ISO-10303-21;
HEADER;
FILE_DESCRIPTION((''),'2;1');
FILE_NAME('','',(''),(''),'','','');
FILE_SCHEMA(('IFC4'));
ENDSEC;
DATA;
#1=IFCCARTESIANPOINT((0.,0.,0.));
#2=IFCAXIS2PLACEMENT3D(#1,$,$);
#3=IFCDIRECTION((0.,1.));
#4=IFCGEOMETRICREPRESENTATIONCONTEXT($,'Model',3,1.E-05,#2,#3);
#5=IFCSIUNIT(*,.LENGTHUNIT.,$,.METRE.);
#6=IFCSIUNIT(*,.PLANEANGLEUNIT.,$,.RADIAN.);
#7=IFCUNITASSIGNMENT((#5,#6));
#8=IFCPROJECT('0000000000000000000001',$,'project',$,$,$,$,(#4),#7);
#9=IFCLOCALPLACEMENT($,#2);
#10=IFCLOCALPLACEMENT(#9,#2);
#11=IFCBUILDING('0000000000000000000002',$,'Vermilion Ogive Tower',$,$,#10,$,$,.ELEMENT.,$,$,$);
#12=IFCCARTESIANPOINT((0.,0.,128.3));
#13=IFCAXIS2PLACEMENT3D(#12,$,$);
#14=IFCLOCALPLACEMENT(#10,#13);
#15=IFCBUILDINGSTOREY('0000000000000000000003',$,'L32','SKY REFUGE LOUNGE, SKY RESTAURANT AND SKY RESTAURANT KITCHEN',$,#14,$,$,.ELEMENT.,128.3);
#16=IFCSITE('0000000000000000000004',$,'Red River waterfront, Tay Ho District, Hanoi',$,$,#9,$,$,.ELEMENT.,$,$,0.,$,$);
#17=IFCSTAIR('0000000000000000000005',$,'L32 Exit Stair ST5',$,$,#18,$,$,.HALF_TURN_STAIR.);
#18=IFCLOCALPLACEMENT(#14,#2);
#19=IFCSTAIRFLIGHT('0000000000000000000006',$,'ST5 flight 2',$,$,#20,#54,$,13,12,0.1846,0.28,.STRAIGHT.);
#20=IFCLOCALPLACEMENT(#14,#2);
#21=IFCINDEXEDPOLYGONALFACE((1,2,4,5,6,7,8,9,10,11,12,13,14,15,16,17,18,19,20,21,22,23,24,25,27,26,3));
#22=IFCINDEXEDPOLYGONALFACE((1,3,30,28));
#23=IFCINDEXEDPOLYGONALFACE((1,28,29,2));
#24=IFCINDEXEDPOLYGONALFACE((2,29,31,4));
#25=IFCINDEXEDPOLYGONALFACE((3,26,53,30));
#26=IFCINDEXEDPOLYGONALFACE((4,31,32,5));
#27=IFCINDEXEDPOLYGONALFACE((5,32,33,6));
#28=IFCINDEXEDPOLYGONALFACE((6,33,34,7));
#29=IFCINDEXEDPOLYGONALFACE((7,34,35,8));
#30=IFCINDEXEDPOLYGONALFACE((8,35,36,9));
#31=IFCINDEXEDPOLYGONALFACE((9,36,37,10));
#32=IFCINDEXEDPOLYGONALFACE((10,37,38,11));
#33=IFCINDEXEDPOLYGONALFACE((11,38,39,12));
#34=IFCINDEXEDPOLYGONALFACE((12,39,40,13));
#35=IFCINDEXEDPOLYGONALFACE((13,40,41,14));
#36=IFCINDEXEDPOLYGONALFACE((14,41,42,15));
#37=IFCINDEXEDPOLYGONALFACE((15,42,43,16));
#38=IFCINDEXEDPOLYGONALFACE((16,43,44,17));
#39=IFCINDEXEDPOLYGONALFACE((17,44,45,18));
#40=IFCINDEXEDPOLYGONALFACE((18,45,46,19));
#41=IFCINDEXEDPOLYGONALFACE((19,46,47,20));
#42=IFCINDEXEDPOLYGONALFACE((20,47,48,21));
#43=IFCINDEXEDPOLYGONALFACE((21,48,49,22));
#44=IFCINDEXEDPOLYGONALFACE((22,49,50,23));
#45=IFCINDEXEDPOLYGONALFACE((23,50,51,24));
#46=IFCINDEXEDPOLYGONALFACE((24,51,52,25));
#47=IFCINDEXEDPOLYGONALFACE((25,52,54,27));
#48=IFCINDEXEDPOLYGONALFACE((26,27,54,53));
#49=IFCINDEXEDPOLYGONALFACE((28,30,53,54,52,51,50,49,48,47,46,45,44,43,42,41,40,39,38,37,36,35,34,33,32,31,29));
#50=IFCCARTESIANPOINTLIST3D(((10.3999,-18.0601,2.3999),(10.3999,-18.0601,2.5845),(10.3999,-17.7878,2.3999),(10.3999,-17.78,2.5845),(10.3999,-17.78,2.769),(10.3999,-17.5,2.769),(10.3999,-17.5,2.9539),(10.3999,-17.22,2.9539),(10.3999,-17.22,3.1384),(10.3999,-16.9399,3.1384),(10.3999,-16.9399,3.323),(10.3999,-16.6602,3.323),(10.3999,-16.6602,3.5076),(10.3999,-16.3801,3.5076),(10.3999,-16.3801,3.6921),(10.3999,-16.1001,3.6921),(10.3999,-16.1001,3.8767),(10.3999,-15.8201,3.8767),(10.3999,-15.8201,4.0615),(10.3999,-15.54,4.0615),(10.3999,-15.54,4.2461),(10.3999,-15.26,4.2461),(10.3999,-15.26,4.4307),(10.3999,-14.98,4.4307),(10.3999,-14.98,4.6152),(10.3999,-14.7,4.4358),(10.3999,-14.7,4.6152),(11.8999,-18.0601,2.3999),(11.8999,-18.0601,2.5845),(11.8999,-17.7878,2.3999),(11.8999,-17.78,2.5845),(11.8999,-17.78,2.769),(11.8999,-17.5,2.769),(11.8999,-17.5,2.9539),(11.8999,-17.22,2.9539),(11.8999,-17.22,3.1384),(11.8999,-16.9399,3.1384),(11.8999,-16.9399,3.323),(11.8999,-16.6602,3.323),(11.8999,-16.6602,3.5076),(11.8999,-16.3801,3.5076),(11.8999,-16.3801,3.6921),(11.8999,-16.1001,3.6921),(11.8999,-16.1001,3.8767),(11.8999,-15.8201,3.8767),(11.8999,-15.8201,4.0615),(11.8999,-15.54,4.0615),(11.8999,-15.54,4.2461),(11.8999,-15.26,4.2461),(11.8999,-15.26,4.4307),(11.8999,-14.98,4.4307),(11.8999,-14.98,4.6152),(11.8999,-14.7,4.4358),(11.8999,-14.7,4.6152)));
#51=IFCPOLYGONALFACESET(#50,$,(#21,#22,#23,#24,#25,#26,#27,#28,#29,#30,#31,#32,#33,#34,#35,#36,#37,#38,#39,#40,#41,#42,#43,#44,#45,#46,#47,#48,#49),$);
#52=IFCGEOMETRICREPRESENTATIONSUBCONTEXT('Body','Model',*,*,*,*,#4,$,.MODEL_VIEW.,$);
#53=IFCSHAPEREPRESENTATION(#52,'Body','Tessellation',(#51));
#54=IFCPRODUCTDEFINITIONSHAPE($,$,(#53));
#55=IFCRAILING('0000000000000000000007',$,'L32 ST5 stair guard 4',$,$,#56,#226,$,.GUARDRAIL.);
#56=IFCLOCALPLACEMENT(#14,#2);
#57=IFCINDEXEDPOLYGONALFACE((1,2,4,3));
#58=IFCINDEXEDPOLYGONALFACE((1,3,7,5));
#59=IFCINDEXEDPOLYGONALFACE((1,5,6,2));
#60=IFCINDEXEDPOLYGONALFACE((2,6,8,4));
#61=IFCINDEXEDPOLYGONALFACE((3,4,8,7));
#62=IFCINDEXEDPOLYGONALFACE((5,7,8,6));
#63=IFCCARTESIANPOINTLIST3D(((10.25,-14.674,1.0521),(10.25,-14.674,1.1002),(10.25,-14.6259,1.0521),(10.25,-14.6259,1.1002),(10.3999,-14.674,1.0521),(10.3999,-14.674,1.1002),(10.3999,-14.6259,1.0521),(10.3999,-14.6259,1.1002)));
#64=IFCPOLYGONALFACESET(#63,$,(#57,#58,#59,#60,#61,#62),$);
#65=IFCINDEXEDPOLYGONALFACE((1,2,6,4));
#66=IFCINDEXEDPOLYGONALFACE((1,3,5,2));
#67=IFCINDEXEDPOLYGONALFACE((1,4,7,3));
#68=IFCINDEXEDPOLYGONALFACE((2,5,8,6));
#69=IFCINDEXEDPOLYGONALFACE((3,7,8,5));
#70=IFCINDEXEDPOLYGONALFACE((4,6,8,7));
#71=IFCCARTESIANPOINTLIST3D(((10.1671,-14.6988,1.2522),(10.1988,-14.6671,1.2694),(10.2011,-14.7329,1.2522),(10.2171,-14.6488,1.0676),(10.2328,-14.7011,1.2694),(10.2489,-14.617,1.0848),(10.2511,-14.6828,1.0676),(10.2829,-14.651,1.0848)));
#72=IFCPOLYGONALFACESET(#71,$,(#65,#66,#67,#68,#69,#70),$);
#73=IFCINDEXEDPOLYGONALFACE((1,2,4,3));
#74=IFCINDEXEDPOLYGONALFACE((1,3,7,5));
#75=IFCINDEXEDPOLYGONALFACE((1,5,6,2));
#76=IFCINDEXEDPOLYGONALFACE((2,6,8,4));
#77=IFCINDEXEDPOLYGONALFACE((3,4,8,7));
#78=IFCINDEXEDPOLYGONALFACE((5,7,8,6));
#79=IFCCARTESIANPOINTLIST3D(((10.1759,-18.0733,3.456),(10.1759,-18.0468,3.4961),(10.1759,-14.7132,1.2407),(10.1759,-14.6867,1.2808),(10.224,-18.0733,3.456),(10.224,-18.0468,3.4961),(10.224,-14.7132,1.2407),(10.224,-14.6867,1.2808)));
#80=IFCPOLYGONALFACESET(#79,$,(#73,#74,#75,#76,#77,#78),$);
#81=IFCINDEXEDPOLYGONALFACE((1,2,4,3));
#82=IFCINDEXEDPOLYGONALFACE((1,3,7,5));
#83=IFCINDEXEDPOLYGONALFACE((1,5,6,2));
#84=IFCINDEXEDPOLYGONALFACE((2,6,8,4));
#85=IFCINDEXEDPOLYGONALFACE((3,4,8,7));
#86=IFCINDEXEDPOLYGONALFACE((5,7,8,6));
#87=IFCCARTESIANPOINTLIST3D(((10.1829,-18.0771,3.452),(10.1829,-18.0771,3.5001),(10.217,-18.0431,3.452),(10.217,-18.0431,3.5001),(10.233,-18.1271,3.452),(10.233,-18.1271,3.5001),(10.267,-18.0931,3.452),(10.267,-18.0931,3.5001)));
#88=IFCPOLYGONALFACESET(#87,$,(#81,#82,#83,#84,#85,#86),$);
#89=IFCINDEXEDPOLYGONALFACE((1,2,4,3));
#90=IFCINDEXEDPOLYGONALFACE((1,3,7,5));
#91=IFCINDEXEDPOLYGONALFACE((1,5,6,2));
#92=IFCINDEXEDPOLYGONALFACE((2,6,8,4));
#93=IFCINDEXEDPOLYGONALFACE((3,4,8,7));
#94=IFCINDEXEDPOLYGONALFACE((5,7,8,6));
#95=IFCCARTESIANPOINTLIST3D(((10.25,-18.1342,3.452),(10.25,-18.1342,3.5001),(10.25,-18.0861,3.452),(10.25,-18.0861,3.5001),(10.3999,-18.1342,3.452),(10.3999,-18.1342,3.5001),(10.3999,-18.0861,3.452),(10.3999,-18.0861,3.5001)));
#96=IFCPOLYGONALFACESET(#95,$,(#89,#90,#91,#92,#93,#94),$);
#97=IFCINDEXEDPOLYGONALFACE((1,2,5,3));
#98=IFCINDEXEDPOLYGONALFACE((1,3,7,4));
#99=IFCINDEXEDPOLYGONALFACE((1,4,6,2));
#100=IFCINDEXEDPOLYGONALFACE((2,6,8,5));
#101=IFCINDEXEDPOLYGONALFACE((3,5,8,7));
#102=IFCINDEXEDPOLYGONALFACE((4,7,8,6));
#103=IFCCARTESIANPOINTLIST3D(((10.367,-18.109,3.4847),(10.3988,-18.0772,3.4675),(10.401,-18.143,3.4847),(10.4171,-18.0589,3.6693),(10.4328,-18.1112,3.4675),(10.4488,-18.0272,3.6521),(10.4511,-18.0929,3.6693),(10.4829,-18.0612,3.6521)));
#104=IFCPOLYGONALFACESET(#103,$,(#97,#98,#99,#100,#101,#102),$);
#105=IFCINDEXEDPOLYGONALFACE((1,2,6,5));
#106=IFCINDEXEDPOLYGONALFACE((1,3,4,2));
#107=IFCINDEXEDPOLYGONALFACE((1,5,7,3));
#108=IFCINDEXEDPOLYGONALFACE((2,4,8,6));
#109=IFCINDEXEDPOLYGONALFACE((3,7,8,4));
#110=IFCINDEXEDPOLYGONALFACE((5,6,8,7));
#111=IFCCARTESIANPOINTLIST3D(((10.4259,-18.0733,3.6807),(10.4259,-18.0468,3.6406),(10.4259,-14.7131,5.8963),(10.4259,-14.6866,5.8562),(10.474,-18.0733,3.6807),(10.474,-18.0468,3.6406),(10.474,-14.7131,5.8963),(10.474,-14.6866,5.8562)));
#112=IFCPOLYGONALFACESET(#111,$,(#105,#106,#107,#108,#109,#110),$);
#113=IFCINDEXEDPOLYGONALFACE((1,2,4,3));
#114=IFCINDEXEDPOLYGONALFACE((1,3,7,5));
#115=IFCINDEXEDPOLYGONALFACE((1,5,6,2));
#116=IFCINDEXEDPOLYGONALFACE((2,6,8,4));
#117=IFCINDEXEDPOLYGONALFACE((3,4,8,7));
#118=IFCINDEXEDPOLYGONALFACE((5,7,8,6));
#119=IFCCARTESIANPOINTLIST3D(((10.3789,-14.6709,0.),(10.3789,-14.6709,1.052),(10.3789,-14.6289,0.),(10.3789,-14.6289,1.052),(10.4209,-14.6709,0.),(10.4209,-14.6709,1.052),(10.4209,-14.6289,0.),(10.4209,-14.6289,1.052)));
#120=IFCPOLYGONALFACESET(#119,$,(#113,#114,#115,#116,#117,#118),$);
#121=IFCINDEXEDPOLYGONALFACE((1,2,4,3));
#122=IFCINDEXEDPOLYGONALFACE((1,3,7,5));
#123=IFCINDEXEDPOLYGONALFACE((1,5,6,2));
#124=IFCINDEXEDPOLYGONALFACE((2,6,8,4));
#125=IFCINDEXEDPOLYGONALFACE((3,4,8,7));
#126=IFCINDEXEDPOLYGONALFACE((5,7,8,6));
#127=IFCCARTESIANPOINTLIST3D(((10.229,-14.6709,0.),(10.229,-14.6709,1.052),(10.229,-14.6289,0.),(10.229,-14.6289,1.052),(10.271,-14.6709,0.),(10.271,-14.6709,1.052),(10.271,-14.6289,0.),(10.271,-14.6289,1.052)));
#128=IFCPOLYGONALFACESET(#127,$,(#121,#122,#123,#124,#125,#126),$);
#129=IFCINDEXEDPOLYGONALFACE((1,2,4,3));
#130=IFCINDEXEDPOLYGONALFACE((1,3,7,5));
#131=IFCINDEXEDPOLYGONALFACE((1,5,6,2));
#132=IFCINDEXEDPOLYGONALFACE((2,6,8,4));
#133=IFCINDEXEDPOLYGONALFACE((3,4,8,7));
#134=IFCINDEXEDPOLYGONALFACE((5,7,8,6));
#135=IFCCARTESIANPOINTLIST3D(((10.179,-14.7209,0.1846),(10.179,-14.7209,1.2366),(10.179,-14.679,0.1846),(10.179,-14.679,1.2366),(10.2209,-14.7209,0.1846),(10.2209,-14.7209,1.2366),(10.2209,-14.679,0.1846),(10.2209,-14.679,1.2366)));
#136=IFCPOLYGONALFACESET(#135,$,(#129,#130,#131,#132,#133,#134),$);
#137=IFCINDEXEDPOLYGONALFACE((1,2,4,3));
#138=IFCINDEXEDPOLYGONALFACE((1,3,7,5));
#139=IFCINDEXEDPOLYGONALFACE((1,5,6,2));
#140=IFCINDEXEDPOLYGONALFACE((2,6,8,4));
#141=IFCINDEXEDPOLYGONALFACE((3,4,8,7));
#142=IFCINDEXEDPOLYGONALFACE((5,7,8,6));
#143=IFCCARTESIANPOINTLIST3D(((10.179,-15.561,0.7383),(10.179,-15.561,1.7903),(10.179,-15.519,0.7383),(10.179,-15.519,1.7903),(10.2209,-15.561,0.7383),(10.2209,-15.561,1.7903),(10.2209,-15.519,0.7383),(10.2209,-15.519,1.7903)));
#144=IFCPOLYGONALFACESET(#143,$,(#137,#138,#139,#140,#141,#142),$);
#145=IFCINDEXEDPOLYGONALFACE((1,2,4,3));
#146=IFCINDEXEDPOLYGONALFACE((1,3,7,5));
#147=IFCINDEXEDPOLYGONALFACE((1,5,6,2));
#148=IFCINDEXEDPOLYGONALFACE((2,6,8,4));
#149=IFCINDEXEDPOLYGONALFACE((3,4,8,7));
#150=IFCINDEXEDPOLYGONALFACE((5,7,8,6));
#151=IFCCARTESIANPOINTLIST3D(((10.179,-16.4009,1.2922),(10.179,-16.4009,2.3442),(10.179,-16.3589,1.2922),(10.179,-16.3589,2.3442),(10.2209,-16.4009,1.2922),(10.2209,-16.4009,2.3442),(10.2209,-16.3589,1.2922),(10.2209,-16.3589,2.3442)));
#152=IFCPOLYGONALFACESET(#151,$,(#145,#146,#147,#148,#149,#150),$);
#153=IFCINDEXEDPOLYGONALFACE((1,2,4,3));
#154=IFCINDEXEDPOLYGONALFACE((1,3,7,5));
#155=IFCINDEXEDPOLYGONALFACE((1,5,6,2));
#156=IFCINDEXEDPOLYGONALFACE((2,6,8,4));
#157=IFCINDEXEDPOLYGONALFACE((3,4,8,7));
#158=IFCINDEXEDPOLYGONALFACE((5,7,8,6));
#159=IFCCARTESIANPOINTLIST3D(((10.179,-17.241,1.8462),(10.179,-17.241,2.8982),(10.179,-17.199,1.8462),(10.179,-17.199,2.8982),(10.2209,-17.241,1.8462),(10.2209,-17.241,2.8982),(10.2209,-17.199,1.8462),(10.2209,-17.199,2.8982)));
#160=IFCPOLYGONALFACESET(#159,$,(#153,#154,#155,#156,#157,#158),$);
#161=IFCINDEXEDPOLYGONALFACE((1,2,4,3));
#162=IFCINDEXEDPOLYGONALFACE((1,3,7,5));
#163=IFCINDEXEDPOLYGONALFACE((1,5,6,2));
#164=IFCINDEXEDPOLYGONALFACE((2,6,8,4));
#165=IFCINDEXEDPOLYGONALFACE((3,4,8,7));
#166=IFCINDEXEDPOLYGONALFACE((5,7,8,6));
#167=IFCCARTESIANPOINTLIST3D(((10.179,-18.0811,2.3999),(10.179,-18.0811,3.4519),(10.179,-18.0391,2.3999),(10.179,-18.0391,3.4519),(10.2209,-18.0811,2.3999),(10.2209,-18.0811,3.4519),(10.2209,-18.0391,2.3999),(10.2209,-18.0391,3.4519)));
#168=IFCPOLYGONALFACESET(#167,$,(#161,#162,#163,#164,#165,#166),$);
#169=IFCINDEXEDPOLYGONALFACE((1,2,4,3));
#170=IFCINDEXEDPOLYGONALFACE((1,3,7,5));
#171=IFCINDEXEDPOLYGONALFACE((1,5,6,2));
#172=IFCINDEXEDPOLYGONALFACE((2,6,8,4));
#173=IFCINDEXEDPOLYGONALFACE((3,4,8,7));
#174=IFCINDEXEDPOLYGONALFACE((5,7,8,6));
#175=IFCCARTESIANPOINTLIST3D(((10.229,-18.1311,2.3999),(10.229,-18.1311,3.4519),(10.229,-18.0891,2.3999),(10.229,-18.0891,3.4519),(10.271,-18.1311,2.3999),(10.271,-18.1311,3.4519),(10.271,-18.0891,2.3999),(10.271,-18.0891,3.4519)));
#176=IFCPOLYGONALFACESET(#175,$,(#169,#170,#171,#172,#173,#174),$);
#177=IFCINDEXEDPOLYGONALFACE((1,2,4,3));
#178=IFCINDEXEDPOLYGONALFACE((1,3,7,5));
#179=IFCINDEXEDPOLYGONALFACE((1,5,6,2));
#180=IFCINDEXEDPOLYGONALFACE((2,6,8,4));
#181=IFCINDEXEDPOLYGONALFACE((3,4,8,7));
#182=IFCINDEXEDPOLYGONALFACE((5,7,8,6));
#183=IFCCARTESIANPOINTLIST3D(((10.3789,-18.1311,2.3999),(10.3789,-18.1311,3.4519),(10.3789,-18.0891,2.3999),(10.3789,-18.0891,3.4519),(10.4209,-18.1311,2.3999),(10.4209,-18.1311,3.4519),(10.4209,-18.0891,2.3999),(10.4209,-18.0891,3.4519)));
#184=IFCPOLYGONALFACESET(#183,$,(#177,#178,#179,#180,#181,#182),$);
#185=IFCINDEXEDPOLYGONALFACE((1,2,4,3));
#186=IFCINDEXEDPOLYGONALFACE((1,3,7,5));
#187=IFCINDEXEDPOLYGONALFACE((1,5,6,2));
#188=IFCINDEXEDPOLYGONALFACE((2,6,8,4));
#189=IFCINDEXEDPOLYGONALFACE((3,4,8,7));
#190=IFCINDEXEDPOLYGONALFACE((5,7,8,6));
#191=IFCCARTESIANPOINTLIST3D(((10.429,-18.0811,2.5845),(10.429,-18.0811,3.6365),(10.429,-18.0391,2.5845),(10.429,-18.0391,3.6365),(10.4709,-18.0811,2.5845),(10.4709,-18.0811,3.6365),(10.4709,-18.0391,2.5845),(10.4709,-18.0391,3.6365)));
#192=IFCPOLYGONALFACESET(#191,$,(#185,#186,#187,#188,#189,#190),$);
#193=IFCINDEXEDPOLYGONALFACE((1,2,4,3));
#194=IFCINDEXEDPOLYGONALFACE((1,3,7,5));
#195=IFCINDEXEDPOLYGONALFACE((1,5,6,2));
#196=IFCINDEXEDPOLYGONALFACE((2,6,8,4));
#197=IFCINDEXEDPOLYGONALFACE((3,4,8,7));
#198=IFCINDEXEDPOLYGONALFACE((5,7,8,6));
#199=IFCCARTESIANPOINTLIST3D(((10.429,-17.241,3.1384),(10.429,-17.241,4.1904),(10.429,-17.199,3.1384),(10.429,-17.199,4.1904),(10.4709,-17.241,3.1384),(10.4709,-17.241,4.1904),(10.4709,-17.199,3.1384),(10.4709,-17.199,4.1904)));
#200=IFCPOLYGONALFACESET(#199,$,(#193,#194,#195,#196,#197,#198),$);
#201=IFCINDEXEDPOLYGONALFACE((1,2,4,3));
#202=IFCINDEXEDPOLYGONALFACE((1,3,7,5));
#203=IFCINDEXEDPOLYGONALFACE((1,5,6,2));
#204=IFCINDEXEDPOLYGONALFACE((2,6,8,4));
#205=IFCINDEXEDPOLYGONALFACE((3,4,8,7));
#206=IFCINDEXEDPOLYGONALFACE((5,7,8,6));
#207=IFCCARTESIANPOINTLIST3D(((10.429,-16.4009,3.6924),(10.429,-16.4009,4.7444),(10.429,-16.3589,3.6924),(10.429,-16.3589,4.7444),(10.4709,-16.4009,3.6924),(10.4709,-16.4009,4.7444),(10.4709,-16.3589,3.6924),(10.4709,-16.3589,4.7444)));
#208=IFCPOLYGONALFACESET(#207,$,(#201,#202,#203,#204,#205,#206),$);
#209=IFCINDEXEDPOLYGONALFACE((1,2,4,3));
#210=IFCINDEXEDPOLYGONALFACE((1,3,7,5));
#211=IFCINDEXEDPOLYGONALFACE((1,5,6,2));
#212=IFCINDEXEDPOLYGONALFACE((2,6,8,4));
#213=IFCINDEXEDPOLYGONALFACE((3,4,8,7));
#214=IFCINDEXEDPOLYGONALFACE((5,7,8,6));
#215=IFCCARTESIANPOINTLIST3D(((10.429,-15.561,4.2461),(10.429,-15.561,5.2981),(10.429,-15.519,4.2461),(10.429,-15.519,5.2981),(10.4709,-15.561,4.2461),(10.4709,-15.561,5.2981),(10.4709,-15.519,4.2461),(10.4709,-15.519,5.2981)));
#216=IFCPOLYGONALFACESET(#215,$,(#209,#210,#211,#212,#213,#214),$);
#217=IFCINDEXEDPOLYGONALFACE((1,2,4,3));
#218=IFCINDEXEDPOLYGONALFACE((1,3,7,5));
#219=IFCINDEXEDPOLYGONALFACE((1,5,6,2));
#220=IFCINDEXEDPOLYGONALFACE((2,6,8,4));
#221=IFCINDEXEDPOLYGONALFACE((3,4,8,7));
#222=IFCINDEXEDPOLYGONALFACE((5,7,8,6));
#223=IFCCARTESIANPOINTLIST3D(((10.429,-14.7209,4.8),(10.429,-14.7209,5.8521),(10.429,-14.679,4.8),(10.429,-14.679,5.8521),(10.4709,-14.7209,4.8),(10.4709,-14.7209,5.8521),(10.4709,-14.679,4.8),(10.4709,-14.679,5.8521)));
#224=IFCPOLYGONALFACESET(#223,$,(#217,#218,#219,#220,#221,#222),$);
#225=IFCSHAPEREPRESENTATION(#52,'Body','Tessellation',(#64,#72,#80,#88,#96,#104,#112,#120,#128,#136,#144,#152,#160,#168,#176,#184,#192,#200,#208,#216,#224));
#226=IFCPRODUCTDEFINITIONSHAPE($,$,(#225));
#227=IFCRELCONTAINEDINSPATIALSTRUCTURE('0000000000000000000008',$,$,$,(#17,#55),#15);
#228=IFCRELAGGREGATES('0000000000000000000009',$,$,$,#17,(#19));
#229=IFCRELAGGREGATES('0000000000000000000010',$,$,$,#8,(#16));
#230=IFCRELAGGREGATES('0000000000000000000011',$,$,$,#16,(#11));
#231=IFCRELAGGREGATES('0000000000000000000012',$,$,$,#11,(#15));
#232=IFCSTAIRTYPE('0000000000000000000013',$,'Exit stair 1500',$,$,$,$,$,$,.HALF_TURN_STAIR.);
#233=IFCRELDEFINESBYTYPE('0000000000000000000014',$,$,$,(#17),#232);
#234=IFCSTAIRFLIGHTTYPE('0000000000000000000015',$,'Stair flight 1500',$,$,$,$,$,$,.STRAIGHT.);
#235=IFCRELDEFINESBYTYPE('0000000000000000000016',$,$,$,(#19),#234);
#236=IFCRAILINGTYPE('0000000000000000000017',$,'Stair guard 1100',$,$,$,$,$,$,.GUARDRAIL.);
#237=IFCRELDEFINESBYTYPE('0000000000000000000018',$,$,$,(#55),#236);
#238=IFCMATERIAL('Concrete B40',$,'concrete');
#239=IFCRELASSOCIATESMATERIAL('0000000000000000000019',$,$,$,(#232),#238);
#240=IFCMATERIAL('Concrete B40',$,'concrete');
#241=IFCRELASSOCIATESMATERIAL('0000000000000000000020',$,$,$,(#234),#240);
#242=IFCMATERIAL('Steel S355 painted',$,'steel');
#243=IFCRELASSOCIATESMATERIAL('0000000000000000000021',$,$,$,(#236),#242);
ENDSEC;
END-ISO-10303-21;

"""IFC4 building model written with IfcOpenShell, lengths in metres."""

from ifc_helpers import new_model, si_unit, direction, frame, origin, origin_2d, place, context, subcontext, project, spatial, polyline, rectangle, outline, extrude, material, type_object, element, aggregate, save


model = new_model("IFC4")

# Units and contexts
model_context = context("Model", 3, precision=1e-05, world=origin(), true_north=direction((0.0, 1.0)))
body_context = subcontext(model_context, "Body", "Model", "MODEL_VIEW")
ifc_project = project(units=[si_unit("LENGTHUNIT", "METRE"), si_unit("PLANEANGLEUNIT", "RADIAN")], contexts=[model_context])

# Site, building, storey
site_placement = place(None, origin())
site = spatial("IfcSite", under=ifc_project, at=site_placement, Name="Red River waterfront, Tay Ho District, Hanoi", CompositionType="ELEMENT", RefElevation=0.0)
building_placement = place(site_placement, origin())
building = spatial("IfcBuilding", under=site, at=building_placement, Name="Vermilion Ogive Tower", CompositionType="ELEMENT")
storey_placement = place(building_placement, frame((0.0, 0.0, 128.3)))
storey = spatial("IfcBuildingStorey", under=building, at=storey_placement, Name="L32", Description="SKY REFUGE LOUNGE, SKY RESTAURANT AND SKY RESTAURANT KITCHEN", CompositionType="ELEMENT", Elevation=128.3)

# Stair, stair flight
ifc_material_1 = material(Name="Concrete B40", Category="concrete")
stair_type = type_object("IfcStairType", Name="Exit stair 1500", PredefinedType="HALF_TURN_STAIR", material=ifc_material_1)
stair_placement = place(storey_placement, origin())
stair = element("IfcStair", 1, at=stair_placement, inside=storey, type_object=stair_type, Name="L32 Exit Stair ST5", PredefinedType="HALF_TURN_STAIR")
ifc_material_2 = material(Name="Concrete B40", Category="concrete")
stair_flight_type = type_object("IfcStairFlightType", Name="Stair flight 1500", PredefinedType="STRAIGHT", material=ifc_material_2)
stair_flight_1_placement = place(storey_placement, frame((11.1499, -18.0601, 2.3999), z_axis=(0.0, 0.0, 1.0), x_axis=(0.0, 1.0, 0.0)))
stair_flight_1 = element("IfcStairFlight", 2, at=stair_flight_1_placement, type_object=stair_flight_type, Name="ST5 flight 2", NumberOfRisers=13, NumberOfTreads=12, PredefinedType="STRAIGHT", RiserHeight=0.1846, TreadLength=0.28, context=body_context, shape_type="SweptSolid", body=[
    extrude(outline(polyline([(0.0, 0.0), (0.0, 0.1846), (0.28, 0.1846), (0.28, 0.3691), (0.5601, 0.3691), (0.5601, 0.554), (0.8401, 0.554), (0.8401, 0.7385), (1.1201, 0.7385), (1.1201, 0.9231), (1.3999, 0.9231), (1.3999, 1.1077), (1.6799, 1.1077), (1.6799, 1.2922), (1.96, 1.2922), (1.96, 1.4768), (2.24, 1.4768), (2.24, 1.6616), (2.52, 1.6616), (2.52, 1.8462), (2.8, 1.8462), (2.8, 2.0308), (3.0801, 2.0308), (3.0801, 2.2153), (3.3601, 2.2153), (3.3601, 2.3999), (3.3601, 2.0359), (0.2722, 0.0), (0.0, 0.0)])), frame((0.0, 0.75, 0.0), z_axis=(0.0, -1.0, 0.0), x_axis=(1.0, 0.0, 0.0)), (0.0, 0.0, 1.0), 1.5),
])
aggregate(stair, [stair_flight_1])

# Railing
ifc_material_3 = material(Name="Steel S355 painted", Category="steel")
railing_type_1 = type_object("IfcRailingType", Name="Stair guard 1100", PredefinedType="GUARDRAIL", material=ifc_material_3)
railing_1_placement = place(storey_placement, frame((10.3999, -14.6499, 0.0)))
element("IfcRailing", 3, at=railing_1_placement, inside=storey, type_object=railing_type_1, Name="L32 ST5 stair guard 4", PredefinedType="GUARDRAIL", context=body_context, shape_type="SweptSolid", body=[
    extrude(rectangle(XDim=0.0481, YDim=0.0481, at=origin_2d()), frame((0.0, 0.0, 1.0762), z_axis=(-1.0, 0.0, 0.0), x_axis=(0.0, -1.0, 0.0)), (0.0, 0.0, 1.0), 0.1499),
    extrude(rectangle(XDim=0.0481, YDim=0.0481, at=origin_2d()), frame((-0.1499, 0.0, 1.0762), z_axis=(-0.253186, -0.253186, 0.933699), x_axis=(0.707107, -0.707107, 0.0)), (0.0, 0.0, 1.0), 0.1978),
    extrude(rectangle(XDim=0.0481, YDim=0.0481, at=origin_2d()), frame((-0.2, -0.05, 1.2607), z_axis=(0.0, -0.834876, 0.550437), x_axis=(1.0, 0.0, 0.0)), (0.0, 0.0, 1.0), 4.0247),
    extrude(rectangle(XDim=0.0481, YDim=0.0481, at=origin_2d()), frame((-0.2, -3.4102, 3.4761), z_axis=(0.707107, -0.707107, 0.0), x_axis=(0.707107, 0.707107, 0.0)), (0.0, 0.0, 1.0), 0.0708),
    extrude(rectangle(XDim=0.0481, YDim=0.0481, at=origin_2d()), frame((-0.1499, -3.4602, 3.4761), z_axis=(1.0, 0.0, 0.0), x_axis=(0.0, 1.0, 0.0)), (0.0, 0.0, 1.0), 0.1499),
    extrude(rectangle(XDim=0.0481, YDim=0.0481, at=origin_2d()), frame((0.0, -3.4602, 3.4761), z_axis=(0.253186, 0.253186, 0.933699), x_axis=(-0.707107, 0.707107, 0.0)), (0.0, 0.0, 1.0), 0.1978),
    extrude(rectangle(XDim=0.0481, YDim=0.0481, at=origin_2d()), frame((0.05, -3.4102, 3.6606), z_axis=(0.0, 0.834849, 0.55048), x_axis=(-1.0, 0.0, 0.0)), (0.0, 0.0, 1.0), 4.0249),
    extrude(rectangle(XDim=0.042, YDim=0.042, at=origin_2d()), origin(), (0.0, 0.0, 1.0), 1.052),
    extrude(rectangle(XDim=0.042, YDim=0.042, at=origin_2d()), frame((-0.1499, 0.0, 0.0)), (0.0, 0.0, 1.0), 1.052),
    extrude(rectangle(XDim=0.042, YDim=0.042, at=origin_2d()), frame((-0.2, -0.05, 0.1846)), (0.0, 0.0, 1.0), 1.052),
    extrude(rectangle(XDim=0.042, YDim=0.042, at=origin_2d()), frame((-0.2, -0.8901, 0.7383)), (0.0, 0.0, 1.0), 1.052),
    extrude(rectangle(XDim=0.042, YDim=0.042, at=origin_2d()), frame((-0.2, -1.73, 1.2922)), (0.0, 0.0, 1.0), 1.052),
    extrude(rectangle(XDim=0.042, YDim=0.042, at=origin_2d()), frame((-0.2, -2.5701, 1.8462)), (0.0, 0.0, 1.0), 1.052),
    extrude(rectangle(XDim=0.042, YDim=0.042, at=origin_2d()), frame((-0.2, -3.4102, 2.3999)), (0.0, 0.0, 1.0), 1.052),
    extrude(rectangle(XDim=0.042, YDim=0.042, at=origin_2d()), frame((-0.1499, -3.4602, 2.3999)), (0.0, 0.0, 1.0), 1.052),
    extrude(rectangle(XDim=0.042, YDim=0.042, at=origin_2d()), frame((0.0, -3.4602, 2.3999)), (0.0, 0.0, 1.0), 1.052),
    extrude(rectangle(XDim=0.042, YDim=0.042, at=origin_2d()), frame((0.05, -3.4102, 2.5845)), (0.0, 0.0, 1.0), 1.052),
    extrude(rectangle(XDim=0.042, YDim=0.042, at=origin_2d()), frame((0.05, -2.5701, 3.1384)), (0.0, 0.0, 1.0), 1.052),
    extrude(rectangle(XDim=0.042, YDim=0.042, at=origin_2d()), frame((0.05, -1.73, 3.6924)), (0.0, 0.0, 1.0), 1.052),
    extrude(rectangle(XDim=0.042, YDim=0.042, at=origin_2d()), frame((0.05, -0.8901, 4.2461)), (0.0, 0.0, 1.0), 1.052),
    extrude(rectangle(XDim=0.042, YDim=0.042, at=origin_2d()), frame((0.05, -0.05, 4.8)), (0.0, 0.0, 1.0), 1.052),
])

save(model, "model.ifc")
